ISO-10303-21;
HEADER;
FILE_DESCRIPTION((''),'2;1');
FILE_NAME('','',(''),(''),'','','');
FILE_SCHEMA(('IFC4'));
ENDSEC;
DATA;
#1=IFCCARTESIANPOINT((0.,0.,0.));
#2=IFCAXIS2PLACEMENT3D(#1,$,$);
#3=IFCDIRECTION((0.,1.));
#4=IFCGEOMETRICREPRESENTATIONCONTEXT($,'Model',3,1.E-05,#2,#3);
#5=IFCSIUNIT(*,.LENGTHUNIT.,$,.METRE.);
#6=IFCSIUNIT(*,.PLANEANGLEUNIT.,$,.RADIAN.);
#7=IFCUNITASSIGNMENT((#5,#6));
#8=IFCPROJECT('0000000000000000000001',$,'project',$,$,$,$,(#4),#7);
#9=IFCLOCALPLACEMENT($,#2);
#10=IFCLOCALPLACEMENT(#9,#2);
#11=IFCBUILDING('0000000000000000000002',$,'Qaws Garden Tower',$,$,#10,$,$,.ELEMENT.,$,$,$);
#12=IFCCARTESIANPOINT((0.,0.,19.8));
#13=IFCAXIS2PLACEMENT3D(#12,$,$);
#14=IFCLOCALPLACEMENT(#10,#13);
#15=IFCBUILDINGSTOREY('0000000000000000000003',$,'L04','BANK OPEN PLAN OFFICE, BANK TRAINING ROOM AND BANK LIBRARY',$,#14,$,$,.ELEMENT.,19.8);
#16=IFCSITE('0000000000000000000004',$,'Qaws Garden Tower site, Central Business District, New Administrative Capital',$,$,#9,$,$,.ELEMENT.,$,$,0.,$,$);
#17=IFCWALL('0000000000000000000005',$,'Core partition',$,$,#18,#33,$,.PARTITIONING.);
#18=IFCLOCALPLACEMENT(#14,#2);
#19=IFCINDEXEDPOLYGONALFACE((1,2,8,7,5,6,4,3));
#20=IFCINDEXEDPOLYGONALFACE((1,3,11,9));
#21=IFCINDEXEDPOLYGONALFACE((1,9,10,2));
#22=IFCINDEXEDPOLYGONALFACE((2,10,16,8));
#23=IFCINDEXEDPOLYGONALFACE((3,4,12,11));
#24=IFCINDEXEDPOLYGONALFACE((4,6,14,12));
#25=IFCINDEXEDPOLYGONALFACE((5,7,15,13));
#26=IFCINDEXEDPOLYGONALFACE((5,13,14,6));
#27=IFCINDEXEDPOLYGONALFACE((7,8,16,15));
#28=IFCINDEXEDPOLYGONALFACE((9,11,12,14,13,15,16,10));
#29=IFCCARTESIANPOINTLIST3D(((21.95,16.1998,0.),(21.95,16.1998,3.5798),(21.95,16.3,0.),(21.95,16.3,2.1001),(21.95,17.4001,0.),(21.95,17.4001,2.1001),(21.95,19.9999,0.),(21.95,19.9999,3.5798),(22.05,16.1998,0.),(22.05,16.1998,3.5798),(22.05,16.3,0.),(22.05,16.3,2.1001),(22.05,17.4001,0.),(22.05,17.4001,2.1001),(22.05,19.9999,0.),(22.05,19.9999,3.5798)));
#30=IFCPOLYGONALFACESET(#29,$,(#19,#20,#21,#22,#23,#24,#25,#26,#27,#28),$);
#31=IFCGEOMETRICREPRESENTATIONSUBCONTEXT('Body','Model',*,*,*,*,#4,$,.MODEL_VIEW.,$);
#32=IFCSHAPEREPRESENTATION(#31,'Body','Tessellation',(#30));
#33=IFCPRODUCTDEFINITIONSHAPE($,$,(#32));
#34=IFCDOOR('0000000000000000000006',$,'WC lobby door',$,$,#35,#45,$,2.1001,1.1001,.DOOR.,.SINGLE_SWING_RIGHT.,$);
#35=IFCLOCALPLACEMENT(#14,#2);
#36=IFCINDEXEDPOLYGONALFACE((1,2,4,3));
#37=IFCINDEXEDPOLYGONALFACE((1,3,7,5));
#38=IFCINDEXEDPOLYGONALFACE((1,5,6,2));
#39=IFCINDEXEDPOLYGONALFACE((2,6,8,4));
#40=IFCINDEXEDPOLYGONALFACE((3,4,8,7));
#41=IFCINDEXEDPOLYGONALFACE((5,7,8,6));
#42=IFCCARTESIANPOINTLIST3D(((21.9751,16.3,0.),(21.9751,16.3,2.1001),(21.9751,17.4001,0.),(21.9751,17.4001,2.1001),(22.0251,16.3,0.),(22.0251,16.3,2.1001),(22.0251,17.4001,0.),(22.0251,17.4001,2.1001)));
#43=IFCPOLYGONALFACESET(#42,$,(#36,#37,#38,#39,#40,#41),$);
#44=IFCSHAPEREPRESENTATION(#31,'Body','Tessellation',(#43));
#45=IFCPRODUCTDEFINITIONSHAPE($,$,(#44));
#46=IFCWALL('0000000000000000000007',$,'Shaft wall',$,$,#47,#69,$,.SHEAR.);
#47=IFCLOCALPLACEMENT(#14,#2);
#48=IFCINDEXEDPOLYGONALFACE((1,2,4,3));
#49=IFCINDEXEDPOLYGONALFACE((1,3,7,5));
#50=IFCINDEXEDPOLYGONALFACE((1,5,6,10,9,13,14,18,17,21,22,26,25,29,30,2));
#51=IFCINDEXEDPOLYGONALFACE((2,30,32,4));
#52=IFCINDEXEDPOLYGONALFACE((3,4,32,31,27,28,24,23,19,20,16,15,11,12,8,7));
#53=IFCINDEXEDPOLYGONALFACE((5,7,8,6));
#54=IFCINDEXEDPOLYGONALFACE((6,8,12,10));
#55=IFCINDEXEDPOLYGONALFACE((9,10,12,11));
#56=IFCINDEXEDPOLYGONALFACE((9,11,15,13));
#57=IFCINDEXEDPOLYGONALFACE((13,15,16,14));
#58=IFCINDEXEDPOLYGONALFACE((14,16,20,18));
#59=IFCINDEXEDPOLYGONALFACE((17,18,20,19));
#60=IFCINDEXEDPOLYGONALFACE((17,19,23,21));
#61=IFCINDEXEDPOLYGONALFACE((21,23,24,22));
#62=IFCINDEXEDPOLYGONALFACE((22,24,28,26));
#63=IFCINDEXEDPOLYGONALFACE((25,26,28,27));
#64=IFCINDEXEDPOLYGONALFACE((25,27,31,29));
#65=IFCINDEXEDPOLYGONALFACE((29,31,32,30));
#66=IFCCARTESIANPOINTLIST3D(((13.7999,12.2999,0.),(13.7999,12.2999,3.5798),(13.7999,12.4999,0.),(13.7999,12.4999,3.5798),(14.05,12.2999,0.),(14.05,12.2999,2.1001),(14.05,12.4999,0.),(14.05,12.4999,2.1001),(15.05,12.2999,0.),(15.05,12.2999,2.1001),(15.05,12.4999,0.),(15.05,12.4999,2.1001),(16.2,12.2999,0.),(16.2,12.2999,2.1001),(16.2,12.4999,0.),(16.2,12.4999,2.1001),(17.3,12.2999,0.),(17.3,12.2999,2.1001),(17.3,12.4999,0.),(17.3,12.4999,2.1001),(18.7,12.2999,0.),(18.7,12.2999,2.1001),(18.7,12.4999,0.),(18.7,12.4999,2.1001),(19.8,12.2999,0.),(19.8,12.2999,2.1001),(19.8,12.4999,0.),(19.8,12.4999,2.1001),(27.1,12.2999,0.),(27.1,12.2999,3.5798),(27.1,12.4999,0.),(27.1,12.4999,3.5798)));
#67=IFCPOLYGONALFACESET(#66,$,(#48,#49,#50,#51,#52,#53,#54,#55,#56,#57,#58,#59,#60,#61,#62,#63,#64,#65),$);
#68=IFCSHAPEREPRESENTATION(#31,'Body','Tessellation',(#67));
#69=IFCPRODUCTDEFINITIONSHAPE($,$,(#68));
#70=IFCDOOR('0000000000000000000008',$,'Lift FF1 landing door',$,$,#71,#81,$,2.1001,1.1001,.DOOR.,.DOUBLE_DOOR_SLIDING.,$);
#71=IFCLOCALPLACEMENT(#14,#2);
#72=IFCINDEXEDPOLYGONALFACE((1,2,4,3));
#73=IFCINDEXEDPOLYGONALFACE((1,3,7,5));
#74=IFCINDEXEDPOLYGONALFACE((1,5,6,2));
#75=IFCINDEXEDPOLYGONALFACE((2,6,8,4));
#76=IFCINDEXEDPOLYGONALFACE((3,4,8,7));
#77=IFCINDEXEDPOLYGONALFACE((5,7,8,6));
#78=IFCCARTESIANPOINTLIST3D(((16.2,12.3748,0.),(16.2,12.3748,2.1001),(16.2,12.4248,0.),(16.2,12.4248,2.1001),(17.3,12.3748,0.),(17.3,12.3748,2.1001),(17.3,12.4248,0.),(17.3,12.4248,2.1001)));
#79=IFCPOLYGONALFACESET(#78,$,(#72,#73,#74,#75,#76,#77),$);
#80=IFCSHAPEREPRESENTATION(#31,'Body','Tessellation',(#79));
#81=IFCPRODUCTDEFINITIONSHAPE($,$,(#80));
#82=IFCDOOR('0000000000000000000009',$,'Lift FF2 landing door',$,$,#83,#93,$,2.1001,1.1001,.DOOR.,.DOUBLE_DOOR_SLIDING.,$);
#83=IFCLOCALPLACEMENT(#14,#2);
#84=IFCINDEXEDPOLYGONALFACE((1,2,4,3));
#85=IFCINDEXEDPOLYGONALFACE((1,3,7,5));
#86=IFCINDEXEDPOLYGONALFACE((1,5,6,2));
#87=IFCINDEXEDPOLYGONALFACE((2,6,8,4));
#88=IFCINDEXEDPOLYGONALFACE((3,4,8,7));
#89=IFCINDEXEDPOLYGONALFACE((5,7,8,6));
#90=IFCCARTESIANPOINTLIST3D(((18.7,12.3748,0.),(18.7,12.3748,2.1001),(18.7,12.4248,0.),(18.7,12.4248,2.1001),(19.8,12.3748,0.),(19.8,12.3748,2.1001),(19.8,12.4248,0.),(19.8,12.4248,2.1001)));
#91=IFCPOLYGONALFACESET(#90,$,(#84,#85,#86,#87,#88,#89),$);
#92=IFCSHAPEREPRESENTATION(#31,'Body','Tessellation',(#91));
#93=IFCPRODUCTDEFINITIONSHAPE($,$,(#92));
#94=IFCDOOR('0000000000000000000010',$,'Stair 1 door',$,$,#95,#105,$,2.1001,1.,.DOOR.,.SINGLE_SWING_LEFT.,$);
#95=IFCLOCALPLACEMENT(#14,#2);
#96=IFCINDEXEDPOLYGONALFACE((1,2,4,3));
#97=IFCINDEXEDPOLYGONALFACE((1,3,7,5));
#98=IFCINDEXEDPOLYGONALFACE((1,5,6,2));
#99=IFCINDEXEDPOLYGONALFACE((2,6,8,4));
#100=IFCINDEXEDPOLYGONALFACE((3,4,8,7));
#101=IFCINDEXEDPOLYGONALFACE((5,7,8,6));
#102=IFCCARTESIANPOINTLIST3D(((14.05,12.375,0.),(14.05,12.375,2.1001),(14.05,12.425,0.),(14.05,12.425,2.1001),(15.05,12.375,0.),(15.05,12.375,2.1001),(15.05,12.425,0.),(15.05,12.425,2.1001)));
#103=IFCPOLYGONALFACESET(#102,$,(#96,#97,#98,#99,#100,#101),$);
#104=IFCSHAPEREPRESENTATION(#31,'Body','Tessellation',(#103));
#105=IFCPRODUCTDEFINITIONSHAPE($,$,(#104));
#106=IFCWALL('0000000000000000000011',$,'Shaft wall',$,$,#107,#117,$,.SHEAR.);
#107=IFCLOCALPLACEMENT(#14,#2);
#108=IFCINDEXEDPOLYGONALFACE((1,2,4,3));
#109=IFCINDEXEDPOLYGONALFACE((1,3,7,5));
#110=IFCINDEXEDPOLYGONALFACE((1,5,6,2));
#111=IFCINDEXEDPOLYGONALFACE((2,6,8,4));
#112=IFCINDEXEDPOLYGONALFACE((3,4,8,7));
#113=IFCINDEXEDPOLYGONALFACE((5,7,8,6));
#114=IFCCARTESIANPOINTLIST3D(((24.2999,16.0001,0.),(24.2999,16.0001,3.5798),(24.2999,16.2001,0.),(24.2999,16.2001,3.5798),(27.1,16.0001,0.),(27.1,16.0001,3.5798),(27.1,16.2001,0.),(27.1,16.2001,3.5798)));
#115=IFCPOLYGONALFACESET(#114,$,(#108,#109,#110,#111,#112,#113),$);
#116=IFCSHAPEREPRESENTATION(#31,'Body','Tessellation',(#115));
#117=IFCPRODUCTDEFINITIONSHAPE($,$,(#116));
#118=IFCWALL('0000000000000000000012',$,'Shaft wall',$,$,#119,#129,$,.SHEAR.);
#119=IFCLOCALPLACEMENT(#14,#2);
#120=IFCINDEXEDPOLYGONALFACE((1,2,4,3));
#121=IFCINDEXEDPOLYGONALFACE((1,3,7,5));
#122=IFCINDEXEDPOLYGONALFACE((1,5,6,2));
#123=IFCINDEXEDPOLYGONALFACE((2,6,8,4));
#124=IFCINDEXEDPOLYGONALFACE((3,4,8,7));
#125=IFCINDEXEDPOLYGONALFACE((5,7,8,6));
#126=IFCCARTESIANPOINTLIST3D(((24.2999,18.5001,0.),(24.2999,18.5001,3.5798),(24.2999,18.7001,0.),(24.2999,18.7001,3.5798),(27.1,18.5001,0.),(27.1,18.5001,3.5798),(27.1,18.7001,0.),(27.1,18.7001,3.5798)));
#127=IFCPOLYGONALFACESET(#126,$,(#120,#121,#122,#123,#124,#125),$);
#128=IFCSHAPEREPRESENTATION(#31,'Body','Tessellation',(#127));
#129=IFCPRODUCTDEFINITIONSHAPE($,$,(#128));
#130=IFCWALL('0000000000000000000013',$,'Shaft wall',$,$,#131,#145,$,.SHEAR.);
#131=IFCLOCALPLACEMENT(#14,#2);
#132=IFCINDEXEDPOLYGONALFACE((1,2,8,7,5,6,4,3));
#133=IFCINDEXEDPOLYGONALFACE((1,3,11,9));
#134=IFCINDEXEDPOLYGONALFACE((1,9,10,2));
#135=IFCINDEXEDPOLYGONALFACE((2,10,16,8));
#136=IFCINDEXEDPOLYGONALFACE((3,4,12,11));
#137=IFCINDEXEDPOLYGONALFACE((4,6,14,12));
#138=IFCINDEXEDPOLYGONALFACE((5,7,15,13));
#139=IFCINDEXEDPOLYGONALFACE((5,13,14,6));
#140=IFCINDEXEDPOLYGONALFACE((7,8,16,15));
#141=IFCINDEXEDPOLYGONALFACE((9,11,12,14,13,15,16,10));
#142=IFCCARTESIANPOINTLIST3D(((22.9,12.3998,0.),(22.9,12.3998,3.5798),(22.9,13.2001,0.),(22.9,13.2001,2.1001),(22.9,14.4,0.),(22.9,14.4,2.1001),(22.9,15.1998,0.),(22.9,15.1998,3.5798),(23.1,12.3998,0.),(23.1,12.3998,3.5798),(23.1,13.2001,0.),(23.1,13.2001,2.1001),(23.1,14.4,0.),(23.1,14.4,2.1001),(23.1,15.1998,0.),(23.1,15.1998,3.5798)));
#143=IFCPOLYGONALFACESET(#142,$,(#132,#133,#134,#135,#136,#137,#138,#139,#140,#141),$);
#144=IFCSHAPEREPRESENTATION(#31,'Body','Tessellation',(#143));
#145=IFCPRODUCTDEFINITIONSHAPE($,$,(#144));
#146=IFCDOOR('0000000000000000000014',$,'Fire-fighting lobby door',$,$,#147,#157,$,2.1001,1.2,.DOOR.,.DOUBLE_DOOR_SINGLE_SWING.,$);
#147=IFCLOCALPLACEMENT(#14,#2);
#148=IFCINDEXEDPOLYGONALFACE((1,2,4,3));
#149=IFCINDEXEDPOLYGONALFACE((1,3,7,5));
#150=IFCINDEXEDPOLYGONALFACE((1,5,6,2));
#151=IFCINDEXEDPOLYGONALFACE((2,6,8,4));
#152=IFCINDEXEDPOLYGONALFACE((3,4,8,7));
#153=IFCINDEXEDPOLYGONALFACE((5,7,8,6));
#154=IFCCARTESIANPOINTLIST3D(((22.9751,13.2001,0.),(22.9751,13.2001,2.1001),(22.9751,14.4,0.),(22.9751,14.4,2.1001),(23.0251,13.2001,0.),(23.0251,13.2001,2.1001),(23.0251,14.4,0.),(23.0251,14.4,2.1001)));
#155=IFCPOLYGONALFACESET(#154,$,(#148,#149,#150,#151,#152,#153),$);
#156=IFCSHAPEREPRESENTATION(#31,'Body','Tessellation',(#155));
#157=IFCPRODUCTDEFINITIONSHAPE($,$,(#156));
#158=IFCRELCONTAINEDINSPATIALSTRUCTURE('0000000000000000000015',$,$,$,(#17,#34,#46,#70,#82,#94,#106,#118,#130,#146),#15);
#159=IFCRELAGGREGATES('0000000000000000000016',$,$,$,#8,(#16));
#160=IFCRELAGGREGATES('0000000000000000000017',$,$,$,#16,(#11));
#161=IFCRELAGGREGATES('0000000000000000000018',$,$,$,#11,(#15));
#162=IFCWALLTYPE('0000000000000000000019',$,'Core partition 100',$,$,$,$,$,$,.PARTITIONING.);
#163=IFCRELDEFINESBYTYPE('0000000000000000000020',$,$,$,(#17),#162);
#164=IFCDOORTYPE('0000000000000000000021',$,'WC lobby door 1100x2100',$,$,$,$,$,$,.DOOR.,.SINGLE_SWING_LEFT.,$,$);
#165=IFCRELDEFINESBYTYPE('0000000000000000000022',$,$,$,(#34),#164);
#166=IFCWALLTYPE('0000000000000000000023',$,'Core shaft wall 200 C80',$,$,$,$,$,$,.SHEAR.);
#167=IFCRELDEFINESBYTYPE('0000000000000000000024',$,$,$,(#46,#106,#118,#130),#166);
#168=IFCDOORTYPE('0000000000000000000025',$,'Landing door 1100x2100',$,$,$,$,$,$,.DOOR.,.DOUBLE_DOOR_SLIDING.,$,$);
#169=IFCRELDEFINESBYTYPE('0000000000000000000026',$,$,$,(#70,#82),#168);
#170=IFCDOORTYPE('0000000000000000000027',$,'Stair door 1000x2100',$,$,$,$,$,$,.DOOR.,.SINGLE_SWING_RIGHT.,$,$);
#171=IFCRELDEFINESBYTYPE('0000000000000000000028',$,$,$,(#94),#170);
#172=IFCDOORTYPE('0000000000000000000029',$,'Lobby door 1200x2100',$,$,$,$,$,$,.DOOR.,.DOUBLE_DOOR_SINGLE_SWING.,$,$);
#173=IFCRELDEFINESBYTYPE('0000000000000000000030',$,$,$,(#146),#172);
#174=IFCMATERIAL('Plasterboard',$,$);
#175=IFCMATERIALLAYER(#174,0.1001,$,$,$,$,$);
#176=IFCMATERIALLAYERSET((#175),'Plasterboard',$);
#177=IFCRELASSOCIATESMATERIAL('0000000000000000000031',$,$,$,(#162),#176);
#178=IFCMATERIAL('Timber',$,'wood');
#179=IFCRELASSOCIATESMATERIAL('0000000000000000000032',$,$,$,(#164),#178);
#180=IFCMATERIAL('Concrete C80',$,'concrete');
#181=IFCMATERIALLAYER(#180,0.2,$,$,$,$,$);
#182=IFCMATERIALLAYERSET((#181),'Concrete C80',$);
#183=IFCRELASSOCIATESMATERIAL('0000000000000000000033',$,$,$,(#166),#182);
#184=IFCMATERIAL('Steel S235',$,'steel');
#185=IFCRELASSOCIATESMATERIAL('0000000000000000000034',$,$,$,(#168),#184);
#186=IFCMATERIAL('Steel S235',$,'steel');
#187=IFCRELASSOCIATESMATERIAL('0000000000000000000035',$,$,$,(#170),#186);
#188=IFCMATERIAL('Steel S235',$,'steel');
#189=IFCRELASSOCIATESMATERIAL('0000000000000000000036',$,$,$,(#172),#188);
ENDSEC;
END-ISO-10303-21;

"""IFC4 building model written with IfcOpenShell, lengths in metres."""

from ifc_helpers import new_model, si_unit, direction, frame, frame_2d, origin, place, context, subcontext, project, spatial, rectangle, extrude, material, layer, layer_set, type_object, element, fill, save


model = new_model("IFC4")

# Units and contexts
model_context = context("Model", 3, precision=1e-05, world=origin(), true_north=direction((0.0, 1.0)))
body_context = subcontext(model_context, "Body", "Model", "MODEL_VIEW")
ifc_project = project(units=[si_unit("LENGTHUNIT", "METRE"), si_unit("PLANEANGLEUNIT", "RADIAN")], contexts=[model_context])

# Site, building, storey
site_placement = place(None, origin())
site = spatial("IfcSite", under=ifc_project, at=site_placement, Name="Qaws Garden Tower site, Central Business District, New Administrative Capital", CompositionType="ELEMENT", RefElevation=0.0)
building_placement = place(site_placement, origin())
building = spatial("IfcBuilding", under=site, at=building_placement, Name="Qaws Garden Tower", CompositionType="ELEMENT")
storey_placement = place(building_placement, frame((0.0, 0.0, 19.8)))
storey = spatial("IfcBuildingStorey", under=building, at=storey_placement, Name="L04", Description="BANK OPEN PLAN OFFICE, BANK TRAINING ROOM AND BANK LIBRARY", CompositionType="ELEMENT", Elevation=19.8)

# Shared definitions
ifc_material_1 = material(Name="Plasterboard")
ifc_layer_1 = layer(ifc_material_1, 0.1001)
ifc_layer_set_1 = layer_set([ifc_layer_1], Name="Plasterboard")
wall_type_1 = type_object("IfcWallType", Name="Core partition 100", PredefinedType="PARTITIONING", material=ifc_layer_set_1)

# Wall, opening, door
wall_1_placement = place(storey_placement, frame((22.0, 16.2, 0.0), z_axis=(0.0, 0.0, 1.0), x_axis=(0.0, 1.0, 0.0)))
wall_1 = element("IfcWall", 1, at=wall_1_placement, inside=storey, type_object=wall_type_1, Name="Core partition", PredefinedType="PARTITIONING", context=body_context, shape_type="SweptSolid", body=[
    extrude(rectangle(XDim=3.8, YDim=0.1001, at=frame_2d((1.8999, 0.0))), origin(), (0.0, 0.0, 1.0), 3.5798),
])
opening_1_placement = place(wall_1_placement, frame((0.1001, 0.0, 0.0)))
opening_1 = element("IfcOpeningElement", 2, at=opening_1_placement, cuts=wall_1, PredefinedType="OPENING", context=body_context, shape_type="SweptSolid", body=[
    extrude(rectangle(XDim=1.1001, YDim=2.1001, at=frame_2d((0.55, 1.05))), frame((0.0, 0.0601, 0.0), z_axis=(0.0, -1.0, 0.0), x_axis=(1.0, 0.0, 0.0)), (0.0, 0.0, 1.0), 0.1201),
])
ifc_material_2 = material(Name="Timber", Category="wood")
door_type_1 = type_object("IfcDoorType", Name="WC lobby door 1100x2100", OperationType="SINGLE_SWING_LEFT", PredefinedType="DOOR", material=ifc_material_2)
door_1_placement = place(opening_1_placement, origin())
door_1 = element("IfcDoor", 3, at=door_1_placement, inside=storey, type_object=door_type_1, Name="WC lobby door", OperationType="SINGLE_SWING_RIGHT", OverallHeight=2.1001, OverallWidth=1.1001, PredefinedType="DOOR", context=body_context, shape_type="SweptSolid", body=[
    extrude(rectangle(XDim=1.1001, YDim=2.1001, at=frame_2d((0.55, 1.05))), frame((0.0, 0.0249, 0.0), z_axis=(0.0, -1.0, 0.0), x_axis=(1.0, 0.0, 0.0)), (0.0, 0.0, 1.0), 0.05),
])
fill(opening_1, door_1)

# Wall, openings, doors
ifc_material_3 = material(Name="Concrete C80", Category="concrete")
ifc_layer_2 = layer(ifc_material_3, 0.2)
ifc_layer_set_2 = layer_set([ifc_layer_2], Name="Concrete C80")
wall_type_2 = type_object("IfcWallType", Name="Core shaft wall 200 C80", PredefinedType="SHEAR", material=ifc_layer_set_2)
wall_2_placement = place(storey_placement, frame((13.8, 12.3999, 0.0), z_axis=(0.0, 0.0, 1.0), x_axis=(1.0, 0.0, 0.0)))
wall_2 = element("IfcWall", 4, at=wall_2_placement, inside=storey, type_object=wall_type_2, Name="Shaft wall", PredefinedType="SHEAR", context=body_context, shape_type="SweptSolid", body=[
    extrude(rectangle(XDim=13.3, YDim=0.2, at=frame_2d((6.6499, 0.0))), origin(), (0.0, 0.0, 1.0), 3.5798),
])
opening_2_placement = place(wall_2_placement, frame((2.3999, 0.0, 0.0)))
opening_2 = element("IfcOpeningElement", 5, at=opening_2_placement, cuts=wall_2, PredefinedType="OPENING", context=body_context, shape_type="SweptSolid", body=[
    extrude(rectangle(XDim=1.1001, YDim=2.1001, at=frame_2d((0.55, 1.05))), frame((0.0, 0.1099, 0.0), z_axis=(0.0, -1.0, 0.0), x_axis=(1.0, 0.0, 0.0)), (0.0, 0.0, 1.0), 0.22),
])
opening_3_placement = place(wall_2_placement, frame((4.8999, 0.0, 0.0)))
opening_3 = element("IfcOpeningElement", 6, at=opening_3_placement, cuts=wall_2, PredefinedType="OPENING", context=body_context, shape_type="SweptSolid", body=[
    extrude(rectangle(XDim=1.1001, YDim=2.1001, at=frame_2d((0.55, 1.05))), frame((0.0, 0.1099, 0.0), z_axis=(0.0, -1.0, 0.0), x_axis=(1.0, 0.0, 0.0)), (0.0, 0.0, 1.0), 0.22),
])
opening_4_placement = place(wall_2_placement, frame((0.25, 0.0, 0.0)))
opening_4 = element("IfcOpeningElement", 7, at=opening_4_placement, cuts=wall_2, PredefinedType="OPENING", context=body_context, shape_type="SweptSolid", body=[
    extrude(rectangle(XDim=1.0, YDim=2.1001, at=frame_2d((0.5, 1.05))), frame((0.0, 0.1099, 0.0), z_axis=(0.0, -1.0, 0.0), x_axis=(1.0, 0.0, 0.0)), (0.0, 0.0, 1.0), 0.22),
])
ifc_material_4 = material(Name="Steel S235", Category="steel")
door_type_2 = type_object("IfcDoorType", Name="Landing door 1100x2100", OperationType="DOUBLE_DOOR_SLIDING", PredefinedType="DOOR", material=ifc_material_4)
door_2_placement = place(opening_2_placement, origin())
door_2 = element("IfcDoor", 8, at=door_2_placement, inside=storey, type_object=door_type_2, Name="Lift FF1 landing door", OperationType="DOUBLE_DOOR_SLIDING", OverallHeight=2.1001, OverallWidth=1.1001, PredefinedType="DOOR", context=body_context, shape_type="SweptSolid", body=[
    extrude(rectangle(XDim=1.1001, YDim=2.1001, at=frame_2d((0.55, 1.05))), frame((0.0, 0.0249, 0.0), z_axis=(0.0, -1.0, 0.0), x_axis=(1.0, 0.0, 0.0)), (0.0, 0.0, 1.0), 0.05),
])
fill(opening_2, door_2)
door_3_placement = place(opening_3_placement, origin())
door_3 = element("IfcDoor", 9, at=door_3_placement, inside=storey, type_object=door_type_2, Name="Lift FF2 landing door", OperationType="DOUBLE_DOOR_SLIDING", OverallHeight=2.1001, OverallWidth=1.1001, PredefinedType="DOOR", context=body_context, shape_type="SweptSolid", body=[
    extrude(rectangle(XDim=1.1001, YDim=2.1001, at=frame_2d((0.55, 1.05))), frame((0.0, 0.0249, 0.0), z_axis=(0.0, -1.0, 0.0), x_axis=(1.0, 0.0, 0.0)), (0.0, 0.0, 1.0), 0.05),
])
fill(opening_3, door_3)
ifc_material_5 = material(Name="Steel S235", Category="steel")
door_type_3 = type_object("IfcDoorType", Name="Stair door 1000x2100", OperationType="SINGLE_SWING_RIGHT", PredefinedType="DOOR", material=ifc_material_5)
door_4_placement = place(opening_4_placement, frame((1.0, 0.0, 0.0), z_axis=(0.0, 0.0, 1.0), x_axis=(-1.0, 0.0, 0.0)))
door_4 = element("IfcDoor", 10, at=door_4_placement, inside=storey, type_object=door_type_3, Name="Stair 1 door", OperationType="SINGLE_SWING_LEFT", OverallHeight=2.1001, OverallWidth=1.0, PredefinedType="DOOR", context=body_context, shape_type="SweptSolid", body=[
    extrude(rectangle(XDim=1.0, YDim=2.1001, at=frame_2d((0.5, 1.05))), frame((0.0, 0.0249, 0.0), z_axis=(0.0, -1.0, 0.0), x_axis=(1.0, 0.0, 0.0)), (0.0, 0.0, 1.0), 0.05),
])
fill(opening_4, door_4)

# Walls
for number, where, z_axis, x_axis, name in (
    (11, (24.3, 16.1001, 0.0), (0.0, 0.0, 1.0), (1.0, 0.0, 0.0), "Shaft wall"),
    (12, (24.3, 18.6001, 0.0), (0.0, 0.0, 1.0), (1.0, 0.0, 0.0), "Shaft wall"),
):
    element("IfcWall", number, at=place(storey_placement, frame(where, z_axis=z_axis, x_axis=x_axis)), inside=storey, type_object=wall_type_2, Name=name, PredefinedType="SHEAR", context=body_context, shape_type="SweptSolid", body=[
        extrude(rectangle(XDim=2.8, YDim=0.2, at=frame_2d((1.3999, 0.0))), origin(), (0.0, 0.0, 1.0), 3.5798),
    ])

# Wall, opening, door
wall_3_placement = place(storey_placement, frame((23.0, 12.3999, 0.0), z_axis=(0.0, 0.0, 1.0), x_axis=(0.0, 1.0, 0.0)))
wall_3 = element("IfcWall", 13, at=wall_3_placement, inside=storey, type_object=wall_type_2, Name="Shaft wall", PredefinedType="SHEAR", context=body_context, shape_type="SweptSolid", body=[
    extrude(rectangle(XDim=2.8, YDim=0.2, at=frame_2d((1.3999, 0.0))), origin(), (0.0, 0.0, 1.0), 3.5798),
])
opening_5_placement = place(wall_3_placement, frame((0.8, 0.0, 0.0)))
opening_5 = element("IfcOpeningElement", 14, at=opening_5_placement, cuts=wall_3, PredefinedType="OPENING", context=body_context, shape_type="SweptSolid", body=[
    extrude(rectangle(XDim=1.2, YDim=2.1001, at=frame_2d((0.6001, 1.05))), frame((0.0, 0.1099, 0.0), z_axis=(0.0, -1.0, 0.0), x_axis=(1.0, 0.0, 0.0)), (0.0, 0.0, 1.0), 0.22),
])
ifc_material_6 = material(Name="Steel S235", Category="steel")
door_type_4 = type_object("IfcDoorType", Name="Lobby door 1200x2100", OperationType="DOUBLE_DOOR_SINGLE_SWING", PredefinedType="DOOR", material=ifc_material_6)
door_5_placement = place(opening_5_placement, origin())
door_5 = element("IfcDoor", 15, at=door_5_placement, inside=storey, type_object=door_type_4, Name="Fire-fighting lobby door", OperationType="DOUBLE_DOOR_SINGLE_SWING", OverallHeight=2.1001, OverallWidth=1.2, PredefinedType="DOOR", context=body_context, shape_type="SweptSolid", body=[
    extrude(rectangle(XDim=1.2, YDim=2.1001, at=frame_2d((0.6001, 1.05))), frame((0.0, 0.0249, 0.0), z_axis=(0.0, -1.0, 0.0), x_axis=(1.0, 0.0, 0.0)), (0.0, 0.0, 1.0), 0.05),
])
fill(opening_5, door_5)

save(model, "model.ifc")
